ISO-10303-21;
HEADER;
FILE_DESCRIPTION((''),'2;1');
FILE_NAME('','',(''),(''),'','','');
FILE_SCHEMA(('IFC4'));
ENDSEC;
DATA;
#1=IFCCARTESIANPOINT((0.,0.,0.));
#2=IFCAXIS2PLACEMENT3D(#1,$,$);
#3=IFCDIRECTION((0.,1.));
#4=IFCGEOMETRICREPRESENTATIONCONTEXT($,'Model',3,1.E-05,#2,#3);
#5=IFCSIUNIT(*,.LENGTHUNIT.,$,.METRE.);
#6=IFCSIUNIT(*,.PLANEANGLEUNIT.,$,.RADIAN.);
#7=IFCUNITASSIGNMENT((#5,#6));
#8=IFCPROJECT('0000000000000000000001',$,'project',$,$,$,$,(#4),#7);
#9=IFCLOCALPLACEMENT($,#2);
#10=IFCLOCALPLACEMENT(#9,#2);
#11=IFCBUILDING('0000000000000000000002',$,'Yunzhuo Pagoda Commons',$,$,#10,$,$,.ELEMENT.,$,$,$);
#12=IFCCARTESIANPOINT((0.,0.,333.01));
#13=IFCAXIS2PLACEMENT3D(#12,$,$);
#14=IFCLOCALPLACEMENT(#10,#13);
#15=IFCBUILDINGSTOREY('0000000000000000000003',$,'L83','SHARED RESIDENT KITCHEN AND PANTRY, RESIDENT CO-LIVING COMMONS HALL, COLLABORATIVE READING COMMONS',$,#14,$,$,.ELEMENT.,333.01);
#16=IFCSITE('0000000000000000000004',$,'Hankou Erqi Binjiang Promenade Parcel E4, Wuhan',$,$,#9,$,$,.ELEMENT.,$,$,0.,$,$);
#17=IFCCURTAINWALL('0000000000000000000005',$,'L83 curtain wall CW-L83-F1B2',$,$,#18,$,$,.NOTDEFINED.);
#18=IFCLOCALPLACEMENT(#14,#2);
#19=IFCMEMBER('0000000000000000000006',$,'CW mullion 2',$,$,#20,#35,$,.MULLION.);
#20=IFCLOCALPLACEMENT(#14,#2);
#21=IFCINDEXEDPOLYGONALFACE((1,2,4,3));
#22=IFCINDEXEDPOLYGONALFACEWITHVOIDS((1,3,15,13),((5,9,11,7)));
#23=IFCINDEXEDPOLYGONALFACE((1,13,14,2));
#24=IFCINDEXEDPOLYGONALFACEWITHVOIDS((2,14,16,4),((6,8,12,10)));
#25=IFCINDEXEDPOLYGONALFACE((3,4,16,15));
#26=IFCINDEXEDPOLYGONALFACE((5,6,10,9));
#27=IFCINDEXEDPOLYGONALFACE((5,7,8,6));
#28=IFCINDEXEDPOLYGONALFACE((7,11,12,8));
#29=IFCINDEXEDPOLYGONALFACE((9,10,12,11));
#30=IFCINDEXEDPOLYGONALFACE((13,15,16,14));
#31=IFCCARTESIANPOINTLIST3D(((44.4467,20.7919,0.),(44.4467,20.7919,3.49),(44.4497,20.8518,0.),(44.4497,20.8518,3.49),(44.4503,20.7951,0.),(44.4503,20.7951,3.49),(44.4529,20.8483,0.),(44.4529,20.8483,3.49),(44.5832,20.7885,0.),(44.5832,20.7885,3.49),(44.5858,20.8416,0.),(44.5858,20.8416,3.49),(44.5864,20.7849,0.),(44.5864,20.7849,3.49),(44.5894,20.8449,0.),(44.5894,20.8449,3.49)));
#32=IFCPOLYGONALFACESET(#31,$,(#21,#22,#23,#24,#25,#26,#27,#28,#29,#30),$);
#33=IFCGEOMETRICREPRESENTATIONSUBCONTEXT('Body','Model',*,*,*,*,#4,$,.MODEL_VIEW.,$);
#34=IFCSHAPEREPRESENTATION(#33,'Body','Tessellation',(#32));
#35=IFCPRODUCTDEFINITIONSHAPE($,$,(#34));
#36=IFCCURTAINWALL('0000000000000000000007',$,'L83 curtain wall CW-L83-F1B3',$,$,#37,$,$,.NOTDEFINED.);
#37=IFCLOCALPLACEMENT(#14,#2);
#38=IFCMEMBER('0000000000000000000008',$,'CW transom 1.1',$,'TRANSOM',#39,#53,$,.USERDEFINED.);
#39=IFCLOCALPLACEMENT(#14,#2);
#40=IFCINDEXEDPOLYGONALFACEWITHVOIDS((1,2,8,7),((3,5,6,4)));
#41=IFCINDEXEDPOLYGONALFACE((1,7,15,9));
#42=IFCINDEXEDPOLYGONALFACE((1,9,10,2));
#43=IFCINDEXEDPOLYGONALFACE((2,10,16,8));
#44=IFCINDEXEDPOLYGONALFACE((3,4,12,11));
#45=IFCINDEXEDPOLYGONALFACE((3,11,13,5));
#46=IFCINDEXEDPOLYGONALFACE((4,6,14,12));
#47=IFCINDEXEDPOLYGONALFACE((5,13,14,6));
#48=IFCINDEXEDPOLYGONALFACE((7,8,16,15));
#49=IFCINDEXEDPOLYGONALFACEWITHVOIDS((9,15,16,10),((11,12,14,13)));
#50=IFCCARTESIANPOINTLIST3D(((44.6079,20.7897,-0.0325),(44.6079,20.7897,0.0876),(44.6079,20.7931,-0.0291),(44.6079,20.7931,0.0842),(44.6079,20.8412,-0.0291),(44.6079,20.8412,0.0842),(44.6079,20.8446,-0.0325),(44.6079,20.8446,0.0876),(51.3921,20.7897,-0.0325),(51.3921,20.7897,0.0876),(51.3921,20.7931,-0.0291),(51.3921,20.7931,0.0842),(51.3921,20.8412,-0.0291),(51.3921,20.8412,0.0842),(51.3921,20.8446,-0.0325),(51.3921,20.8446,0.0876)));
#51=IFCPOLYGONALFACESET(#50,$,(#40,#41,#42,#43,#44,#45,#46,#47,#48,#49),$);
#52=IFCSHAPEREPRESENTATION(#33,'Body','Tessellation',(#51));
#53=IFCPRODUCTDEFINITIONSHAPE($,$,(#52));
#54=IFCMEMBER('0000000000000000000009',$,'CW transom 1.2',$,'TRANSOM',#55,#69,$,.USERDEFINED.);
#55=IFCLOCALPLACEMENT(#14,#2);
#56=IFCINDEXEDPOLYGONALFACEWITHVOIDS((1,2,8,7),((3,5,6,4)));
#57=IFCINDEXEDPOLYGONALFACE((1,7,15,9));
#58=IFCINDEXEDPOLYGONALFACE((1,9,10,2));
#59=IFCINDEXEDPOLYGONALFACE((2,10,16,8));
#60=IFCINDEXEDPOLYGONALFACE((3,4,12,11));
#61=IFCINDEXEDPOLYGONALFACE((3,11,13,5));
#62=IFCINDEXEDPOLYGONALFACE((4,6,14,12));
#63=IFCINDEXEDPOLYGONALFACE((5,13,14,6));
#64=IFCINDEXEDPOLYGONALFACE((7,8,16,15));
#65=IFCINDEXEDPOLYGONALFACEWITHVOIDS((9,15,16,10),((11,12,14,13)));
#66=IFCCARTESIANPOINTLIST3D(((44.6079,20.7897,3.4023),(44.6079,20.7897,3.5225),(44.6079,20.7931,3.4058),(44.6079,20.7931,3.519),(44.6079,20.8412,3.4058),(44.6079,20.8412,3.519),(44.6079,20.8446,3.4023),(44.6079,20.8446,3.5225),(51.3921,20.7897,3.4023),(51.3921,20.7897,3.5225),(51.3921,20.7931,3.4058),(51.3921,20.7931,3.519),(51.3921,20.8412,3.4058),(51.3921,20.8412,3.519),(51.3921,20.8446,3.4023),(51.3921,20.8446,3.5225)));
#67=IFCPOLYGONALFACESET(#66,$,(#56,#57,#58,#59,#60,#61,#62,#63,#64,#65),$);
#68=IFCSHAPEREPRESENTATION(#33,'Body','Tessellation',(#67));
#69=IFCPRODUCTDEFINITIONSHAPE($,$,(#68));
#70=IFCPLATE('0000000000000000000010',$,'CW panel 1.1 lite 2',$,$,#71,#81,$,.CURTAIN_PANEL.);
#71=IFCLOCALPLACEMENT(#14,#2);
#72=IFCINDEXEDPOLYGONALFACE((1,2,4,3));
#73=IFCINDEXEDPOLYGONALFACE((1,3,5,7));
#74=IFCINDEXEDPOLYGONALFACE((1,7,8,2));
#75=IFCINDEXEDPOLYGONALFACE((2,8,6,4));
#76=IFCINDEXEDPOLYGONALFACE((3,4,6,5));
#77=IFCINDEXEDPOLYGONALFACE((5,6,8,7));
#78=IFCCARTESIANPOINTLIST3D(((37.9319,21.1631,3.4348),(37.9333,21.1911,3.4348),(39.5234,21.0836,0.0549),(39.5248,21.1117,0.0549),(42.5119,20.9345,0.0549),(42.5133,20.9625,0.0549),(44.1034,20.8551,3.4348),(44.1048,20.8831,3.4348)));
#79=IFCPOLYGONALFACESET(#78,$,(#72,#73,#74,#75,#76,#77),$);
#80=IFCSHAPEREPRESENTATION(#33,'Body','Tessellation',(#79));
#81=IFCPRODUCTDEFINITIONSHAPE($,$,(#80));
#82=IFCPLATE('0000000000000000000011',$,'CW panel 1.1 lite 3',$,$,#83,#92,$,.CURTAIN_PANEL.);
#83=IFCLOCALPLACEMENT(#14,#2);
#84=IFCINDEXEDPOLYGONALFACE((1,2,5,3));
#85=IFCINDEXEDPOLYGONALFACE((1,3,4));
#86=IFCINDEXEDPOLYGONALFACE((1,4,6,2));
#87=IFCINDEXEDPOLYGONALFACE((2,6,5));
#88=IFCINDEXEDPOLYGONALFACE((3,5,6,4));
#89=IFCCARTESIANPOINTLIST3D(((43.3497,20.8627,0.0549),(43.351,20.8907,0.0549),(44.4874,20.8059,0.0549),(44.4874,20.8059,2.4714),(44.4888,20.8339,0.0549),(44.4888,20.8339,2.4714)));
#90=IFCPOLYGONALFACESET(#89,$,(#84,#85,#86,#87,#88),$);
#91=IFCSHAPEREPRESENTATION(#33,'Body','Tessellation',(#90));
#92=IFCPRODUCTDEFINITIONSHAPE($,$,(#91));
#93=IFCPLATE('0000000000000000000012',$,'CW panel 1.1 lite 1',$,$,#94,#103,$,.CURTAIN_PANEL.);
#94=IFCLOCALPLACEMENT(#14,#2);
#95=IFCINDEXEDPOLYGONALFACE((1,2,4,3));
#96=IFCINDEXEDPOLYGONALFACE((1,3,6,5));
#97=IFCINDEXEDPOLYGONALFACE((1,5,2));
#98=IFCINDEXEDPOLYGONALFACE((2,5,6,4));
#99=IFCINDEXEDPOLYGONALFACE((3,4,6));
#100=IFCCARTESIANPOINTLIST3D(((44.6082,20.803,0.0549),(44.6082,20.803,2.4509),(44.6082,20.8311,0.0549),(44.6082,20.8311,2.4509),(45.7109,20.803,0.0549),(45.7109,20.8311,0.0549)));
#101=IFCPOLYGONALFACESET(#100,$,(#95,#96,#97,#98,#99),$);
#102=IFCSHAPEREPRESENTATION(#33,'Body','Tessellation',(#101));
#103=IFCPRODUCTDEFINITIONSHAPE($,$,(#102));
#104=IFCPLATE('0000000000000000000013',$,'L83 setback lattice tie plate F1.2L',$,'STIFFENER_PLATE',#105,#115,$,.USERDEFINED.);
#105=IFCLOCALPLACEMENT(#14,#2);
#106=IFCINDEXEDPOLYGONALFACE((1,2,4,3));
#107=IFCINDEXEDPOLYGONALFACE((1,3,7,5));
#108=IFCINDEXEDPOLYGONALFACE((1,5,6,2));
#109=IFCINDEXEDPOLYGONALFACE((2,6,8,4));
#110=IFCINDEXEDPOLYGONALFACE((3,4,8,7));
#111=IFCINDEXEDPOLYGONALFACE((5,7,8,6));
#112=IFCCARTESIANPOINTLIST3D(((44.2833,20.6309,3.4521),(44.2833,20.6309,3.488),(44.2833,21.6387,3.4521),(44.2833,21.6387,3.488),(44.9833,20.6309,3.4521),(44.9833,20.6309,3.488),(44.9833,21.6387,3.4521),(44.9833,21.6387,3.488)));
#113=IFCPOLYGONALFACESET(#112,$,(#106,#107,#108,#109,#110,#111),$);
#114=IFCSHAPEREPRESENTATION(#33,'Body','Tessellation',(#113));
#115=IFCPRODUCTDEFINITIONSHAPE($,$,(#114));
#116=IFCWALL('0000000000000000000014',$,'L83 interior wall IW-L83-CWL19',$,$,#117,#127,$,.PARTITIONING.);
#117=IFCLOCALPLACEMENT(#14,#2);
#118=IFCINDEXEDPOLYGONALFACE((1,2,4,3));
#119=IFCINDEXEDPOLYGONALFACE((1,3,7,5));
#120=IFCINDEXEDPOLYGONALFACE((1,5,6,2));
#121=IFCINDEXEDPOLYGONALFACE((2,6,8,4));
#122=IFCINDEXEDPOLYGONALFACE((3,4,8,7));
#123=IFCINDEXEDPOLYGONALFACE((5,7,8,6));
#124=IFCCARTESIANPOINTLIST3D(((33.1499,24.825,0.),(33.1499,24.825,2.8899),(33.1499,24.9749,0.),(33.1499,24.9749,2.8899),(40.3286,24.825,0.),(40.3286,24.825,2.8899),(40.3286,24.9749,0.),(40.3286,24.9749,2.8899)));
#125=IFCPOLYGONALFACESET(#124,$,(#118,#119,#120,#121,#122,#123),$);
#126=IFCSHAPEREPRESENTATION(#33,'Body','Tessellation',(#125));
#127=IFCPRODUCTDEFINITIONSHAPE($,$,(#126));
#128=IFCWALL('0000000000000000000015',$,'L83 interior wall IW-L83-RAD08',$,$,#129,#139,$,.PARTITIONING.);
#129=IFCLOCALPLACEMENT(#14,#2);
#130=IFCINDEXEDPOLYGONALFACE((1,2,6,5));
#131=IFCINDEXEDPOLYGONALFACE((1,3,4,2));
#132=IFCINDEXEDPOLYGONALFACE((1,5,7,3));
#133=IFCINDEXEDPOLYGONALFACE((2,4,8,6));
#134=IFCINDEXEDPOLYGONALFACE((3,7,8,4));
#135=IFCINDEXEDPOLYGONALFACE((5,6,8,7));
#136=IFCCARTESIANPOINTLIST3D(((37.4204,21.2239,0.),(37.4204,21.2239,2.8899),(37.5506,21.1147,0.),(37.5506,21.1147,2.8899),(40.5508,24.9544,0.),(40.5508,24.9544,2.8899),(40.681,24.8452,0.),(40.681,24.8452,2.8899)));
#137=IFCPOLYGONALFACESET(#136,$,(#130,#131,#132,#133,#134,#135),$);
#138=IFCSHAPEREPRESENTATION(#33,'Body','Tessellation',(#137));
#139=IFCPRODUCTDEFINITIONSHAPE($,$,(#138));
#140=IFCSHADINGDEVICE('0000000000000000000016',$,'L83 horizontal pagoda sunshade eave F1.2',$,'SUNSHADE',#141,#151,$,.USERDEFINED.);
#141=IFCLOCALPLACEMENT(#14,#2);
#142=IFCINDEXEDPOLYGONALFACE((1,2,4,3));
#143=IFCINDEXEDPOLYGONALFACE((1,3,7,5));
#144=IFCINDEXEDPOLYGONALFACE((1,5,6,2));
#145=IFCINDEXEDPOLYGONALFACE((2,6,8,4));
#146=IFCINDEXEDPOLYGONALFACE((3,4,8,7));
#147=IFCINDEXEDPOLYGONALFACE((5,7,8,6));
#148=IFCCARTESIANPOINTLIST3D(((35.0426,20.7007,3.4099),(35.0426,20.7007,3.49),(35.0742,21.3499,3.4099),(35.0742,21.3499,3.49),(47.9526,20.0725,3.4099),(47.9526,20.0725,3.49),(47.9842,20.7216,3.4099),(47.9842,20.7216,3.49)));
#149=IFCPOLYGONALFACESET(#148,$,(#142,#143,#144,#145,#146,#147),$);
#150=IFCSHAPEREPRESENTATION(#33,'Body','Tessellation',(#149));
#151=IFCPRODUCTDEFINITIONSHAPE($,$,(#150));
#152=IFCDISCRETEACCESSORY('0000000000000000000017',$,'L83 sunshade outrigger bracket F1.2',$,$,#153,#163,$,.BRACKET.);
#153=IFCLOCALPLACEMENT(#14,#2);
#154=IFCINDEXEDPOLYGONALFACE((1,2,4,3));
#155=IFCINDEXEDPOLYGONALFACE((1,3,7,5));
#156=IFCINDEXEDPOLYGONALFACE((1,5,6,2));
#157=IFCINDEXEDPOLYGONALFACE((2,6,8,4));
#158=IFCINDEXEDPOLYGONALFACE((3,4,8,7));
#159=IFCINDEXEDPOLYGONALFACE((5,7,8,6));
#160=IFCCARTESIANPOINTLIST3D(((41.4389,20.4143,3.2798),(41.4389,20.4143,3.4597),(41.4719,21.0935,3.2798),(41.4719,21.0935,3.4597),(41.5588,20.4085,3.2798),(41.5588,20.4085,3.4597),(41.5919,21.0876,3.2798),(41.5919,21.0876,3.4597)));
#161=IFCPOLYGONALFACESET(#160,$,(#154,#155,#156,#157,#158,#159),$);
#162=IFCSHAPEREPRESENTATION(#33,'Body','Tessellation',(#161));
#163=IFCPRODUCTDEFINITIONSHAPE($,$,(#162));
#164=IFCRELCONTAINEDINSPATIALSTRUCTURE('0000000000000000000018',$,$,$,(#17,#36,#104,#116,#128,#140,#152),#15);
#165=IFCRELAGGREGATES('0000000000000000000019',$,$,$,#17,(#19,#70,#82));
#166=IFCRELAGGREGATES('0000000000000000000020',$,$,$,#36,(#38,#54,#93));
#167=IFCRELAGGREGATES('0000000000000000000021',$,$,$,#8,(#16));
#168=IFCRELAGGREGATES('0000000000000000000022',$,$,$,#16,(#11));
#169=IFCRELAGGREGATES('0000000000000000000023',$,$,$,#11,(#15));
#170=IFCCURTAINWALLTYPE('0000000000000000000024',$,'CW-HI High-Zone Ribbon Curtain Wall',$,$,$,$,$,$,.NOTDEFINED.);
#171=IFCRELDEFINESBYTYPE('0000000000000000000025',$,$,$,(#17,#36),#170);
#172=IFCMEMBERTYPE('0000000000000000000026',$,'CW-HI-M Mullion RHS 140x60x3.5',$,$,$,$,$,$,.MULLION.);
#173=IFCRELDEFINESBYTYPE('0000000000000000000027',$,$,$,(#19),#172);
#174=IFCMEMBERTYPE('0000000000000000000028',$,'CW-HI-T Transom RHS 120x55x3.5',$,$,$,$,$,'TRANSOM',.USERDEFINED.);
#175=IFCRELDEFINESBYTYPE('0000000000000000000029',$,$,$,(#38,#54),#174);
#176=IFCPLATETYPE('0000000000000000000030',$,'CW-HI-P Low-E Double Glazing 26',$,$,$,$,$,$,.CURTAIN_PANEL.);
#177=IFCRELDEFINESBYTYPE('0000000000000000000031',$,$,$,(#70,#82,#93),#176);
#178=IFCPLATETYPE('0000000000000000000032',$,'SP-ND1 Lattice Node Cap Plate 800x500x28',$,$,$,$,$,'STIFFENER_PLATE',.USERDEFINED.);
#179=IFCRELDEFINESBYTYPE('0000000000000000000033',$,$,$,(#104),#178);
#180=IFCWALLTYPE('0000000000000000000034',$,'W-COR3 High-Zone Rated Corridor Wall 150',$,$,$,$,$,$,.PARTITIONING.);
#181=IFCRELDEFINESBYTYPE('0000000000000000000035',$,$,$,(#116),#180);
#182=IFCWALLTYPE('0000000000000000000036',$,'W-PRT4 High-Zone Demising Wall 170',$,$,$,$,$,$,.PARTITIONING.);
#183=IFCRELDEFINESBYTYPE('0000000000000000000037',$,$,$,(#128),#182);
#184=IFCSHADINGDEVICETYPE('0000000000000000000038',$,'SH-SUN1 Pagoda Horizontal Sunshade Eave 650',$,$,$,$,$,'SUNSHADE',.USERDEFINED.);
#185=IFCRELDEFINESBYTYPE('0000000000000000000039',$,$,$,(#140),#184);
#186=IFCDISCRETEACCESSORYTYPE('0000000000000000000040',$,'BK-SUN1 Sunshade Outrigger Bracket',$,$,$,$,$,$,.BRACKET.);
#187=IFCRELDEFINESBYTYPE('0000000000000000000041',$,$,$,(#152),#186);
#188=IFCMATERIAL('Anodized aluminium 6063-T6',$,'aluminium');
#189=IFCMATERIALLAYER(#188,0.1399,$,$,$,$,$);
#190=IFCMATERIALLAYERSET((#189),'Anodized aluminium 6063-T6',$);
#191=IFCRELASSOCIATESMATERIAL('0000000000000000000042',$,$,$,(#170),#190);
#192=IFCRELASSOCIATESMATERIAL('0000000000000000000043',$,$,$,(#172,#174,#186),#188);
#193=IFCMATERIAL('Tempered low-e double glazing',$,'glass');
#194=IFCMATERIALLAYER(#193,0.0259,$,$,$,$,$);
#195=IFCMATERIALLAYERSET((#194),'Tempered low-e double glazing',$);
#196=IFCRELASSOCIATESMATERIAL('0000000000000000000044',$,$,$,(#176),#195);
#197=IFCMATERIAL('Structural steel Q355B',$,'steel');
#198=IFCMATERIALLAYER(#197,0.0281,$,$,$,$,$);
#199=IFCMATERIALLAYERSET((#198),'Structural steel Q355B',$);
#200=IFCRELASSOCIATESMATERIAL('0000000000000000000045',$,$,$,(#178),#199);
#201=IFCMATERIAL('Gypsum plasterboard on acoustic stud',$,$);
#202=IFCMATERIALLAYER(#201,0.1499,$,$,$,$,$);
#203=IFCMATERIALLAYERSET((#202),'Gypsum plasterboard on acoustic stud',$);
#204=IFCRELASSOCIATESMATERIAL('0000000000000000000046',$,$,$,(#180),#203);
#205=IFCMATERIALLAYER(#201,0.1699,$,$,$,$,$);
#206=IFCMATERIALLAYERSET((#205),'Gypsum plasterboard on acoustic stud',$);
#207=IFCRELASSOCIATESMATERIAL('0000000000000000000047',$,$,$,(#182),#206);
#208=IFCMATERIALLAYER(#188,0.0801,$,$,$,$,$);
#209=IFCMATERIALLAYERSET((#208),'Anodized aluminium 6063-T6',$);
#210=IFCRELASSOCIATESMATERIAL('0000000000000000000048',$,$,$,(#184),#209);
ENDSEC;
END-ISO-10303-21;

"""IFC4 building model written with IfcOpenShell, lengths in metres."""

from ifc_helpers import new_model, si_unit, direction, frame, frame_2d, origin, origin_2d, place, context, subcontext, project, spatial, polyline, rectangle, hollow_rectangle, outline, extrude, source, transform, mapped, material, layer, layer_set, material_profile, profile_set, type_object, element, aggregate, save


model = new_model("IFC4")

# Units and contexts
model_context = context("Model", 3, precision=1e-05, world=origin(), true_north=direction((0.0, 1.0)))
body_context = subcontext(model_context, "Body", "Model", "MODEL_VIEW")
ifc_project = project(units=[si_unit("LENGTHUNIT", "METRE"), si_unit("PLANEANGLEUNIT", "RADIAN")], contexts=[model_context])

# Site, building, storey
site_placement = place(None, origin())
site = spatial("IfcSite", under=ifc_project, at=site_placement, Name="Hankou Erqi Binjiang Promenade Parcel E4, Wuhan", CompositionType="ELEMENT", RefElevation=0.0)
building_placement = place(site_placement, origin())
building = spatial("IfcBuilding", under=site, at=building_placement, Name="Yunzhuo Pagoda Commons", CompositionType="ELEMENT")
storey_placement = place(building_placement, frame((0.0, 0.0, 333.01)))
storey = spatial("IfcBuildingStorey", under=building, at=storey_placement, Name="L83", Description="SHARED RESIDENT KITCHEN AND PANTRY, RESIDENT CO-LIVING COMMONS HALL, COLLABORATIVE READING COMMONS", CompositionType="ELEMENT", Elevation=333.01)

# Shared definitions
ifc_material_1 = material(Name="Structural steel Q355B", Category="steel")

# Curtain wall, member
ifc_material_2 = material(Name="Anodized aluminium 6063-T6", Category="aluminium")
ifc_layer_1 = layer(ifc_material_2, 0.1399)
ifc_layer_set_1 = layer_set([ifc_layer_1], Name="Anodized aluminium 6063-T6")
curtain_wall_type = type_object("IfcCurtainWallType", Name="CW-HI High-Zone Ribbon Curtain Wall", PredefinedType="NOTDEFINED", material=ifc_layer_set_1)
curtain_wall_1_placement = place(storey_placement, origin())
curtain_wall_1 = element("IfcCurtainWall", 1, at=curtain_wall_1_placement, inside=storey, type_object=curtain_wall_type, Name="L83 curtain wall CW-L83-F1B2", PredefinedType="NOTDEFINED")
ifc_material_profile_1 = material_profile(ifc_material_2, hollow_rectangle(XDim=0.0601, YDim=0.1399, WallThickness=0.0034, at=origin_2d()), Name="Anodized aluminium 6063-T6")
ifc_profile_set_1 = profile_set([ifc_material_profile_1], Name="Anodized aluminium 6063-T6")
member_type_1 = type_object("IfcMemberType", Name="CW-HI-M Mullion RHS 140x60x3.5", PredefinedType="MULLION", material=ifc_profile_set_1)
shared_shape_1 = source(origin(), body_context, "Body", "SweptSolid", [
    extrude(hollow_rectangle(XDim=0.0601, YDim=0.1399, WallThickness=0.0034, at=origin_2d()), origin(), (0.0, 0.0, 1.0), 3.49),
])
member_1_placement = place(storey_placement, frame((44.5181, 20.8184, 0.0), z_axis=(0.0, 0.0, 1.0), x_axis=(0.04985, 0.998757, 0.0)))
member_1 = element("IfcMember", 2, at=member_1_placement, type_object=member_type_1, Name="CW mullion 2", PredefinedType="MULLION", context=body_context, shape_type="MappedRepresentation", body=[
    mapped(shared_shape_1, transform((0.0, 0.0, 0.0), scale=1.0)),
])

# Curtain wall, members
curtain_wall_2_placement = place(storey_placement, origin())
curtain_wall_2 = element("IfcCurtainWall", 3, at=curtain_wall_2_placement, inside=storey, type_object=curtain_wall_type, Name="L83 curtain wall CW-L83-F1B3", PredefinedType="NOTDEFINED")
ifc_material_profile_2 = material_profile(ifc_material_2, hollow_rectangle(XDim=0.0549, YDim=0.1201, WallThickness=0.0034, at=origin_2d()), Name="Anodized aluminium 6063-T6")
ifc_profile_set_2 = profile_set([ifc_material_profile_2], Name="Anodized aluminium 6063-T6")
member_type_2 = type_object("IfcMemberType", Name="CW-HI-T Transom RHS 120x55x3.5", ElementType="TRANSOM", PredefinedType="USERDEFINED", material=ifc_profile_set_2)
shared_shape_2 = source(origin(), body_context, "Body", "SweptSolid", [
    extrude(hollow_rectangle(XDim=0.0549, YDim=0.1201, WallThickness=0.0034, at=origin_2d()), origin(), (0.0, 0.0, 1.0), 6.7842),
])
member_2_placement = place(storey_placement, frame((44.6079, 20.8171, 0.0276), z_axis=(1.0, 0.0, 0.0), x_axis=(0.0, 1.0, 0.0)))
member_2 = element("IfcMember", 4, at=member_2_placement, type_object=member_type_2, Name="CW transom 1.1", ObjectType="TRANSOM", PredefinedType="USERDEFINED", context=body_context, shape_type="MappedRepresentation", body=[
    mapped(shared_shape_2, transform((0.0, 0.0, 0.0), scale=1.0)),
])
member_3_placement = place(storey_placement, frame((44.6079, 20.8171, 3.4624), z_axis=(1.0, 0.0, 0.0), x_axis=(0.0, 1.0, 0.0)))
member_3 = element("IfcMember", 5, at=member_3_placement, type_object=member_type_2, Name="CW transom 1.2", ObjectType="TRANSOM", PredefinedType="USERDEFINED", context=body_context, shape_type="MappedRepresentation", body=[
    mapped(shared_shape_2, transform((0.0, 0.0, 0.0), scale=1.0)),
])

# Plates
ifc_material_3 = material(Name="Tempered low-e double glazing", Category="glass")
ifc_layer_2 = layer(ifc_material_3, 0.0259)
ifc_layer_set_2 = layer_set([ifc_layer_2], Name="Tempered low-e double glazing")
plate_type_1 = type_object("IfcPlateType", Name="CW-HI-P Low-E Double Glazing 26", PredefinedType="CURTAIN_PANEL", material=ifc_layer_set_2)
plate_1_placement = place(storey_placement, frame((41.019, 21.0371, 1.7449), z_axis=(-0.04985, -0.998757, 0.0), x_axis=(0.998757, -0.04985, 0.0)))
plate_1 = element("IfcPlate", 6, at=plate_1_placement, type_object=plate_type_1, Name="CW panel 1.1 lite 2", PredefinedType="CURTAIN_PANEL", context=body_context, shape_type="SweptSolid", body=[
    extrude(outline(polyline([(-3.0896, 1.6899), (-1.4961, -1.6899), (1.4961, -1.6899), (3.0896, 1.6899), (-3.0896, 1.6899)])), origin(), (0.0, 0.0, 1.0), 0.0281),
])
plate_2_placement = place(storey_placement, frame((43.9199, 20.8623, 1.2632), z_axis=(-0.04985, -0.998757, 0.0), x_axis=(0.998757, -0.04985, 0.0)))
plate_2 = element("IfcPlate", 7, at=plate_2_placement, type_object=plate_type_1, Name="CW panel 1.1 lite 3", PredefinedType="CURTAIN_PANEL", context=body_context, shape_type="SweptSolid", body=[
    extrude(outline(polyline([(-0.5696, -1.2083), (0.5696, -1.2083), (0.5696, 1.2083), (-0.5696, -1.2083)])), origin(), (0.0, 0.0, 1.0), 0.0281),
])
aggregate(curtain_wall_1, [member_1, plate_1, plate_2])
plate_3_placement = place(storey_placement, frame((45.1594, 20.8311, 1.2529), z_axis=(0.0, -1.0, 0.0), x_axis=(1.0, 0.0, 0.0)))
plate_3 = element("IfcPlate", 8, at=plate_3_placement, type_object=plate_type_1, Name="CW panel 1.1 lite 1", PredefinedType="CURTAIN_PANEL", context=body_context, shape_type="SweptSolid", body=[
    extrude(outline(polyline([(-0.5513, -1.198), (0.5515, -1.198), (-0.5513, 1.198), (-0.5513, -1.198)])), origin(), (0.0, 0.0, 1.0), 0.0281),
])
aggregate(curtain_wall_2, [member_2, member_3, plate_3])
ifc_layer_3 = layer(ifc_material_1, 0.0281)
ifc_layer_set_3 = layer_set([ifc_layer_3], Name="Structural steel Q355B")
plate_type_2 = type_object("IfcPlateType", Name="SP-ND1 Lattice Node Cap Plate 800x500x28", ElementType="STIFFENER_PLATE", PredefinedType="USERDEFINED", material=ifc_layer_set_3)
shared_shape_3 = source(origin(), body_context, "Body", "SweptSolid", [
    extrude(rectangle(XDim=0.7, YDim=1.0078, at=origin_2d()), origin(), (0.0, 0.0, 1.0), 0.0359),
])
plate_4_placement = place(storey_placement, frame((44.6333, 21.1348, 3.4521), z_axis=(0.0, 0.0, 1.0), x_axis=(1.0, 0.0, 0.0)))
element("IfcPlate", 9, at=plate_4_placement, inside=storey, type_object=plate_type_2, Name="L83 setback lattice tie plate F1.2L", ObjectType="STIFFENER_PLATE", PredefinedType="USERDEFINED", context=body_context, shape_type="MappedRepresentation", body=[
    mapped(shared_shape_3, transform((0.0, 0.0, 0.0), scale=1.0)),
])

# Walls
ifc_material_4 = material(Name="Gypsum plasterboard on acoustic stud")
ifc_layer_4 = layer(ifc_material_4, 0.1499)
ifc_layer_set_4 = layer_set([ifc_layer_4], Name="Gypsum plasterboard on acoustic stud")
wall_type_1 = type_object("IfcWallType", Name="W-COR3 High-Zone Rated Corridor Wall 150", PredefinedType="PARTITIONING", material=ifc_layer_set_4)
wall_1_placement = place(storey_placement, frame((40.3286, 24.8999, 0.0), z_axis=(0.0, 0.0, 1.0), x_axis=(-1.0, 0.0, 0.0)))
element("IfcWall", 10, at=wall_1_placement, inside=storey, type_object=wall_type_1, Name="L83 interior wall IW-L83-CWL19", PredefinedType="PARTITIONING", context=body_context, shape_type="SweptSolid", body=[
    extrude(rectangle(XDim=7.1787, YDim=0.1499, at=frame_2d((3.5894, 0.0))), origin(), (0.0, 0.0, 1.0), 2.8899),
])
ifc_layer_5 = layer(ifc_material_4, 0.1699)
ifc_layer_set_5 = layer_set([ifc_layer_5], Name="Gypsum plasterboard on acoustic stud")
wall_type_2 = type_object("IfcWallType", Name="W-PRT4 High-Zone Demising Wall 170", PredefinedType="PARTITIONING", material=ifc_layer_set_5)
wall_2_placement = place(storey_placement, frame((40.616, 24.8999, 0.0), z_axis=(0.0, 0.0, 1.0), x_axis=(-0.642804, -0.766031, 0.0)))
element("IfcWall", 11, at=wall_2_placement, inside=storey, type_object=wall_type_2, Name="L83 interior wall IW-L83-RAD08", PredefinedType="PARTITIONING", context=body_context, shape_type="SweptSolid", body=[
    extrude(rectangle(XDim=4.8699, YDim=0.1699, at=frame_2d((2.4351, 0.0))), origin(), (0.0, 0.0, 1.0), 2.8899),
])

# Shading device
ifc_layer_6 = layer(ifc_material_2, 0.0801)
ifc_layer_set_6 = layer_set([ifc_layer_6], Name="Anodized aluminium 6063-T6")
shading_device_type = type_object("IfcShadingDeviceType", Name="SH-SUN1 Pagoda Horizontal Sunshade Eave 650", ElementType="SUNSHADE", PredefinedType="USERDEFINED", material=ifc_layer_set_6)
shared_shape_4 = source(origin(), body_context, "Body", "SweptSolid", [
    extrude(rectangle(XDim=12.9253, YDim=0.6499, at=origin_2d()), origin(), (0.0, 0.0, 1.0), 0.0801),
])
shading_device_placement = place(storey_placement, frame((41.5134, 20.7112, 3.4099), z_axis=(0.0, 0.0, 1.0), x_axis=(0.998818, -0.048606, 0.0)))
element("IfcShadingDevice", 12, at=shading_device_placement, inside=storey, type_object=shading_device_type, Name="L83 horizontal pagoda sunshade eave F1.2", ObjectType="SUNSHADE", PredefinedType="USERDEFINED", context=body_context, shape_type="MappedRepresentation", body=[
    mapped(shared_shape_4, transform((0.0, 0.0, 0.0), scale=1.0)),
])

# Discrete accessory
discrete_accessory_type = type_object("IfcDiscreteAccessoryType", Name="BK-SUN1 Sunshade Outrigger Bracket", PredefinedType="BRACKET", material=ifc_material_2)
shared_shape_5 = source(origin(), body_context, "Body", "SweptSolid", [
    extrude(rectangle(XDim=0.1201, YDim=0.6799, at=origin_2d()), origin(), (0.0, 0.0, 1.0), 0.1799),
])
discrete_accessory_placement = place(storey_placement, frame((41.5154, 20.751, 3.2798), z_axis=(0.0, 0.0, 1.0), x_axis=(0.998818, -0.048606, 0.0)))
element("IfcDiscreteAccessory", 13, at=discrete_accessory_placement, inside=storey, type_object=discrete_accessory_type, Name="L83 sunshade outrigger bracket F1.2", PredefinedType="BRACKET", context=body_context, shape_type="MappedRepresentation", body=[
    mapped(shared_shape_5, transform((0.0, 0.0, 0.0), scale=1.0)),
])

save(model, "model.ifc")
